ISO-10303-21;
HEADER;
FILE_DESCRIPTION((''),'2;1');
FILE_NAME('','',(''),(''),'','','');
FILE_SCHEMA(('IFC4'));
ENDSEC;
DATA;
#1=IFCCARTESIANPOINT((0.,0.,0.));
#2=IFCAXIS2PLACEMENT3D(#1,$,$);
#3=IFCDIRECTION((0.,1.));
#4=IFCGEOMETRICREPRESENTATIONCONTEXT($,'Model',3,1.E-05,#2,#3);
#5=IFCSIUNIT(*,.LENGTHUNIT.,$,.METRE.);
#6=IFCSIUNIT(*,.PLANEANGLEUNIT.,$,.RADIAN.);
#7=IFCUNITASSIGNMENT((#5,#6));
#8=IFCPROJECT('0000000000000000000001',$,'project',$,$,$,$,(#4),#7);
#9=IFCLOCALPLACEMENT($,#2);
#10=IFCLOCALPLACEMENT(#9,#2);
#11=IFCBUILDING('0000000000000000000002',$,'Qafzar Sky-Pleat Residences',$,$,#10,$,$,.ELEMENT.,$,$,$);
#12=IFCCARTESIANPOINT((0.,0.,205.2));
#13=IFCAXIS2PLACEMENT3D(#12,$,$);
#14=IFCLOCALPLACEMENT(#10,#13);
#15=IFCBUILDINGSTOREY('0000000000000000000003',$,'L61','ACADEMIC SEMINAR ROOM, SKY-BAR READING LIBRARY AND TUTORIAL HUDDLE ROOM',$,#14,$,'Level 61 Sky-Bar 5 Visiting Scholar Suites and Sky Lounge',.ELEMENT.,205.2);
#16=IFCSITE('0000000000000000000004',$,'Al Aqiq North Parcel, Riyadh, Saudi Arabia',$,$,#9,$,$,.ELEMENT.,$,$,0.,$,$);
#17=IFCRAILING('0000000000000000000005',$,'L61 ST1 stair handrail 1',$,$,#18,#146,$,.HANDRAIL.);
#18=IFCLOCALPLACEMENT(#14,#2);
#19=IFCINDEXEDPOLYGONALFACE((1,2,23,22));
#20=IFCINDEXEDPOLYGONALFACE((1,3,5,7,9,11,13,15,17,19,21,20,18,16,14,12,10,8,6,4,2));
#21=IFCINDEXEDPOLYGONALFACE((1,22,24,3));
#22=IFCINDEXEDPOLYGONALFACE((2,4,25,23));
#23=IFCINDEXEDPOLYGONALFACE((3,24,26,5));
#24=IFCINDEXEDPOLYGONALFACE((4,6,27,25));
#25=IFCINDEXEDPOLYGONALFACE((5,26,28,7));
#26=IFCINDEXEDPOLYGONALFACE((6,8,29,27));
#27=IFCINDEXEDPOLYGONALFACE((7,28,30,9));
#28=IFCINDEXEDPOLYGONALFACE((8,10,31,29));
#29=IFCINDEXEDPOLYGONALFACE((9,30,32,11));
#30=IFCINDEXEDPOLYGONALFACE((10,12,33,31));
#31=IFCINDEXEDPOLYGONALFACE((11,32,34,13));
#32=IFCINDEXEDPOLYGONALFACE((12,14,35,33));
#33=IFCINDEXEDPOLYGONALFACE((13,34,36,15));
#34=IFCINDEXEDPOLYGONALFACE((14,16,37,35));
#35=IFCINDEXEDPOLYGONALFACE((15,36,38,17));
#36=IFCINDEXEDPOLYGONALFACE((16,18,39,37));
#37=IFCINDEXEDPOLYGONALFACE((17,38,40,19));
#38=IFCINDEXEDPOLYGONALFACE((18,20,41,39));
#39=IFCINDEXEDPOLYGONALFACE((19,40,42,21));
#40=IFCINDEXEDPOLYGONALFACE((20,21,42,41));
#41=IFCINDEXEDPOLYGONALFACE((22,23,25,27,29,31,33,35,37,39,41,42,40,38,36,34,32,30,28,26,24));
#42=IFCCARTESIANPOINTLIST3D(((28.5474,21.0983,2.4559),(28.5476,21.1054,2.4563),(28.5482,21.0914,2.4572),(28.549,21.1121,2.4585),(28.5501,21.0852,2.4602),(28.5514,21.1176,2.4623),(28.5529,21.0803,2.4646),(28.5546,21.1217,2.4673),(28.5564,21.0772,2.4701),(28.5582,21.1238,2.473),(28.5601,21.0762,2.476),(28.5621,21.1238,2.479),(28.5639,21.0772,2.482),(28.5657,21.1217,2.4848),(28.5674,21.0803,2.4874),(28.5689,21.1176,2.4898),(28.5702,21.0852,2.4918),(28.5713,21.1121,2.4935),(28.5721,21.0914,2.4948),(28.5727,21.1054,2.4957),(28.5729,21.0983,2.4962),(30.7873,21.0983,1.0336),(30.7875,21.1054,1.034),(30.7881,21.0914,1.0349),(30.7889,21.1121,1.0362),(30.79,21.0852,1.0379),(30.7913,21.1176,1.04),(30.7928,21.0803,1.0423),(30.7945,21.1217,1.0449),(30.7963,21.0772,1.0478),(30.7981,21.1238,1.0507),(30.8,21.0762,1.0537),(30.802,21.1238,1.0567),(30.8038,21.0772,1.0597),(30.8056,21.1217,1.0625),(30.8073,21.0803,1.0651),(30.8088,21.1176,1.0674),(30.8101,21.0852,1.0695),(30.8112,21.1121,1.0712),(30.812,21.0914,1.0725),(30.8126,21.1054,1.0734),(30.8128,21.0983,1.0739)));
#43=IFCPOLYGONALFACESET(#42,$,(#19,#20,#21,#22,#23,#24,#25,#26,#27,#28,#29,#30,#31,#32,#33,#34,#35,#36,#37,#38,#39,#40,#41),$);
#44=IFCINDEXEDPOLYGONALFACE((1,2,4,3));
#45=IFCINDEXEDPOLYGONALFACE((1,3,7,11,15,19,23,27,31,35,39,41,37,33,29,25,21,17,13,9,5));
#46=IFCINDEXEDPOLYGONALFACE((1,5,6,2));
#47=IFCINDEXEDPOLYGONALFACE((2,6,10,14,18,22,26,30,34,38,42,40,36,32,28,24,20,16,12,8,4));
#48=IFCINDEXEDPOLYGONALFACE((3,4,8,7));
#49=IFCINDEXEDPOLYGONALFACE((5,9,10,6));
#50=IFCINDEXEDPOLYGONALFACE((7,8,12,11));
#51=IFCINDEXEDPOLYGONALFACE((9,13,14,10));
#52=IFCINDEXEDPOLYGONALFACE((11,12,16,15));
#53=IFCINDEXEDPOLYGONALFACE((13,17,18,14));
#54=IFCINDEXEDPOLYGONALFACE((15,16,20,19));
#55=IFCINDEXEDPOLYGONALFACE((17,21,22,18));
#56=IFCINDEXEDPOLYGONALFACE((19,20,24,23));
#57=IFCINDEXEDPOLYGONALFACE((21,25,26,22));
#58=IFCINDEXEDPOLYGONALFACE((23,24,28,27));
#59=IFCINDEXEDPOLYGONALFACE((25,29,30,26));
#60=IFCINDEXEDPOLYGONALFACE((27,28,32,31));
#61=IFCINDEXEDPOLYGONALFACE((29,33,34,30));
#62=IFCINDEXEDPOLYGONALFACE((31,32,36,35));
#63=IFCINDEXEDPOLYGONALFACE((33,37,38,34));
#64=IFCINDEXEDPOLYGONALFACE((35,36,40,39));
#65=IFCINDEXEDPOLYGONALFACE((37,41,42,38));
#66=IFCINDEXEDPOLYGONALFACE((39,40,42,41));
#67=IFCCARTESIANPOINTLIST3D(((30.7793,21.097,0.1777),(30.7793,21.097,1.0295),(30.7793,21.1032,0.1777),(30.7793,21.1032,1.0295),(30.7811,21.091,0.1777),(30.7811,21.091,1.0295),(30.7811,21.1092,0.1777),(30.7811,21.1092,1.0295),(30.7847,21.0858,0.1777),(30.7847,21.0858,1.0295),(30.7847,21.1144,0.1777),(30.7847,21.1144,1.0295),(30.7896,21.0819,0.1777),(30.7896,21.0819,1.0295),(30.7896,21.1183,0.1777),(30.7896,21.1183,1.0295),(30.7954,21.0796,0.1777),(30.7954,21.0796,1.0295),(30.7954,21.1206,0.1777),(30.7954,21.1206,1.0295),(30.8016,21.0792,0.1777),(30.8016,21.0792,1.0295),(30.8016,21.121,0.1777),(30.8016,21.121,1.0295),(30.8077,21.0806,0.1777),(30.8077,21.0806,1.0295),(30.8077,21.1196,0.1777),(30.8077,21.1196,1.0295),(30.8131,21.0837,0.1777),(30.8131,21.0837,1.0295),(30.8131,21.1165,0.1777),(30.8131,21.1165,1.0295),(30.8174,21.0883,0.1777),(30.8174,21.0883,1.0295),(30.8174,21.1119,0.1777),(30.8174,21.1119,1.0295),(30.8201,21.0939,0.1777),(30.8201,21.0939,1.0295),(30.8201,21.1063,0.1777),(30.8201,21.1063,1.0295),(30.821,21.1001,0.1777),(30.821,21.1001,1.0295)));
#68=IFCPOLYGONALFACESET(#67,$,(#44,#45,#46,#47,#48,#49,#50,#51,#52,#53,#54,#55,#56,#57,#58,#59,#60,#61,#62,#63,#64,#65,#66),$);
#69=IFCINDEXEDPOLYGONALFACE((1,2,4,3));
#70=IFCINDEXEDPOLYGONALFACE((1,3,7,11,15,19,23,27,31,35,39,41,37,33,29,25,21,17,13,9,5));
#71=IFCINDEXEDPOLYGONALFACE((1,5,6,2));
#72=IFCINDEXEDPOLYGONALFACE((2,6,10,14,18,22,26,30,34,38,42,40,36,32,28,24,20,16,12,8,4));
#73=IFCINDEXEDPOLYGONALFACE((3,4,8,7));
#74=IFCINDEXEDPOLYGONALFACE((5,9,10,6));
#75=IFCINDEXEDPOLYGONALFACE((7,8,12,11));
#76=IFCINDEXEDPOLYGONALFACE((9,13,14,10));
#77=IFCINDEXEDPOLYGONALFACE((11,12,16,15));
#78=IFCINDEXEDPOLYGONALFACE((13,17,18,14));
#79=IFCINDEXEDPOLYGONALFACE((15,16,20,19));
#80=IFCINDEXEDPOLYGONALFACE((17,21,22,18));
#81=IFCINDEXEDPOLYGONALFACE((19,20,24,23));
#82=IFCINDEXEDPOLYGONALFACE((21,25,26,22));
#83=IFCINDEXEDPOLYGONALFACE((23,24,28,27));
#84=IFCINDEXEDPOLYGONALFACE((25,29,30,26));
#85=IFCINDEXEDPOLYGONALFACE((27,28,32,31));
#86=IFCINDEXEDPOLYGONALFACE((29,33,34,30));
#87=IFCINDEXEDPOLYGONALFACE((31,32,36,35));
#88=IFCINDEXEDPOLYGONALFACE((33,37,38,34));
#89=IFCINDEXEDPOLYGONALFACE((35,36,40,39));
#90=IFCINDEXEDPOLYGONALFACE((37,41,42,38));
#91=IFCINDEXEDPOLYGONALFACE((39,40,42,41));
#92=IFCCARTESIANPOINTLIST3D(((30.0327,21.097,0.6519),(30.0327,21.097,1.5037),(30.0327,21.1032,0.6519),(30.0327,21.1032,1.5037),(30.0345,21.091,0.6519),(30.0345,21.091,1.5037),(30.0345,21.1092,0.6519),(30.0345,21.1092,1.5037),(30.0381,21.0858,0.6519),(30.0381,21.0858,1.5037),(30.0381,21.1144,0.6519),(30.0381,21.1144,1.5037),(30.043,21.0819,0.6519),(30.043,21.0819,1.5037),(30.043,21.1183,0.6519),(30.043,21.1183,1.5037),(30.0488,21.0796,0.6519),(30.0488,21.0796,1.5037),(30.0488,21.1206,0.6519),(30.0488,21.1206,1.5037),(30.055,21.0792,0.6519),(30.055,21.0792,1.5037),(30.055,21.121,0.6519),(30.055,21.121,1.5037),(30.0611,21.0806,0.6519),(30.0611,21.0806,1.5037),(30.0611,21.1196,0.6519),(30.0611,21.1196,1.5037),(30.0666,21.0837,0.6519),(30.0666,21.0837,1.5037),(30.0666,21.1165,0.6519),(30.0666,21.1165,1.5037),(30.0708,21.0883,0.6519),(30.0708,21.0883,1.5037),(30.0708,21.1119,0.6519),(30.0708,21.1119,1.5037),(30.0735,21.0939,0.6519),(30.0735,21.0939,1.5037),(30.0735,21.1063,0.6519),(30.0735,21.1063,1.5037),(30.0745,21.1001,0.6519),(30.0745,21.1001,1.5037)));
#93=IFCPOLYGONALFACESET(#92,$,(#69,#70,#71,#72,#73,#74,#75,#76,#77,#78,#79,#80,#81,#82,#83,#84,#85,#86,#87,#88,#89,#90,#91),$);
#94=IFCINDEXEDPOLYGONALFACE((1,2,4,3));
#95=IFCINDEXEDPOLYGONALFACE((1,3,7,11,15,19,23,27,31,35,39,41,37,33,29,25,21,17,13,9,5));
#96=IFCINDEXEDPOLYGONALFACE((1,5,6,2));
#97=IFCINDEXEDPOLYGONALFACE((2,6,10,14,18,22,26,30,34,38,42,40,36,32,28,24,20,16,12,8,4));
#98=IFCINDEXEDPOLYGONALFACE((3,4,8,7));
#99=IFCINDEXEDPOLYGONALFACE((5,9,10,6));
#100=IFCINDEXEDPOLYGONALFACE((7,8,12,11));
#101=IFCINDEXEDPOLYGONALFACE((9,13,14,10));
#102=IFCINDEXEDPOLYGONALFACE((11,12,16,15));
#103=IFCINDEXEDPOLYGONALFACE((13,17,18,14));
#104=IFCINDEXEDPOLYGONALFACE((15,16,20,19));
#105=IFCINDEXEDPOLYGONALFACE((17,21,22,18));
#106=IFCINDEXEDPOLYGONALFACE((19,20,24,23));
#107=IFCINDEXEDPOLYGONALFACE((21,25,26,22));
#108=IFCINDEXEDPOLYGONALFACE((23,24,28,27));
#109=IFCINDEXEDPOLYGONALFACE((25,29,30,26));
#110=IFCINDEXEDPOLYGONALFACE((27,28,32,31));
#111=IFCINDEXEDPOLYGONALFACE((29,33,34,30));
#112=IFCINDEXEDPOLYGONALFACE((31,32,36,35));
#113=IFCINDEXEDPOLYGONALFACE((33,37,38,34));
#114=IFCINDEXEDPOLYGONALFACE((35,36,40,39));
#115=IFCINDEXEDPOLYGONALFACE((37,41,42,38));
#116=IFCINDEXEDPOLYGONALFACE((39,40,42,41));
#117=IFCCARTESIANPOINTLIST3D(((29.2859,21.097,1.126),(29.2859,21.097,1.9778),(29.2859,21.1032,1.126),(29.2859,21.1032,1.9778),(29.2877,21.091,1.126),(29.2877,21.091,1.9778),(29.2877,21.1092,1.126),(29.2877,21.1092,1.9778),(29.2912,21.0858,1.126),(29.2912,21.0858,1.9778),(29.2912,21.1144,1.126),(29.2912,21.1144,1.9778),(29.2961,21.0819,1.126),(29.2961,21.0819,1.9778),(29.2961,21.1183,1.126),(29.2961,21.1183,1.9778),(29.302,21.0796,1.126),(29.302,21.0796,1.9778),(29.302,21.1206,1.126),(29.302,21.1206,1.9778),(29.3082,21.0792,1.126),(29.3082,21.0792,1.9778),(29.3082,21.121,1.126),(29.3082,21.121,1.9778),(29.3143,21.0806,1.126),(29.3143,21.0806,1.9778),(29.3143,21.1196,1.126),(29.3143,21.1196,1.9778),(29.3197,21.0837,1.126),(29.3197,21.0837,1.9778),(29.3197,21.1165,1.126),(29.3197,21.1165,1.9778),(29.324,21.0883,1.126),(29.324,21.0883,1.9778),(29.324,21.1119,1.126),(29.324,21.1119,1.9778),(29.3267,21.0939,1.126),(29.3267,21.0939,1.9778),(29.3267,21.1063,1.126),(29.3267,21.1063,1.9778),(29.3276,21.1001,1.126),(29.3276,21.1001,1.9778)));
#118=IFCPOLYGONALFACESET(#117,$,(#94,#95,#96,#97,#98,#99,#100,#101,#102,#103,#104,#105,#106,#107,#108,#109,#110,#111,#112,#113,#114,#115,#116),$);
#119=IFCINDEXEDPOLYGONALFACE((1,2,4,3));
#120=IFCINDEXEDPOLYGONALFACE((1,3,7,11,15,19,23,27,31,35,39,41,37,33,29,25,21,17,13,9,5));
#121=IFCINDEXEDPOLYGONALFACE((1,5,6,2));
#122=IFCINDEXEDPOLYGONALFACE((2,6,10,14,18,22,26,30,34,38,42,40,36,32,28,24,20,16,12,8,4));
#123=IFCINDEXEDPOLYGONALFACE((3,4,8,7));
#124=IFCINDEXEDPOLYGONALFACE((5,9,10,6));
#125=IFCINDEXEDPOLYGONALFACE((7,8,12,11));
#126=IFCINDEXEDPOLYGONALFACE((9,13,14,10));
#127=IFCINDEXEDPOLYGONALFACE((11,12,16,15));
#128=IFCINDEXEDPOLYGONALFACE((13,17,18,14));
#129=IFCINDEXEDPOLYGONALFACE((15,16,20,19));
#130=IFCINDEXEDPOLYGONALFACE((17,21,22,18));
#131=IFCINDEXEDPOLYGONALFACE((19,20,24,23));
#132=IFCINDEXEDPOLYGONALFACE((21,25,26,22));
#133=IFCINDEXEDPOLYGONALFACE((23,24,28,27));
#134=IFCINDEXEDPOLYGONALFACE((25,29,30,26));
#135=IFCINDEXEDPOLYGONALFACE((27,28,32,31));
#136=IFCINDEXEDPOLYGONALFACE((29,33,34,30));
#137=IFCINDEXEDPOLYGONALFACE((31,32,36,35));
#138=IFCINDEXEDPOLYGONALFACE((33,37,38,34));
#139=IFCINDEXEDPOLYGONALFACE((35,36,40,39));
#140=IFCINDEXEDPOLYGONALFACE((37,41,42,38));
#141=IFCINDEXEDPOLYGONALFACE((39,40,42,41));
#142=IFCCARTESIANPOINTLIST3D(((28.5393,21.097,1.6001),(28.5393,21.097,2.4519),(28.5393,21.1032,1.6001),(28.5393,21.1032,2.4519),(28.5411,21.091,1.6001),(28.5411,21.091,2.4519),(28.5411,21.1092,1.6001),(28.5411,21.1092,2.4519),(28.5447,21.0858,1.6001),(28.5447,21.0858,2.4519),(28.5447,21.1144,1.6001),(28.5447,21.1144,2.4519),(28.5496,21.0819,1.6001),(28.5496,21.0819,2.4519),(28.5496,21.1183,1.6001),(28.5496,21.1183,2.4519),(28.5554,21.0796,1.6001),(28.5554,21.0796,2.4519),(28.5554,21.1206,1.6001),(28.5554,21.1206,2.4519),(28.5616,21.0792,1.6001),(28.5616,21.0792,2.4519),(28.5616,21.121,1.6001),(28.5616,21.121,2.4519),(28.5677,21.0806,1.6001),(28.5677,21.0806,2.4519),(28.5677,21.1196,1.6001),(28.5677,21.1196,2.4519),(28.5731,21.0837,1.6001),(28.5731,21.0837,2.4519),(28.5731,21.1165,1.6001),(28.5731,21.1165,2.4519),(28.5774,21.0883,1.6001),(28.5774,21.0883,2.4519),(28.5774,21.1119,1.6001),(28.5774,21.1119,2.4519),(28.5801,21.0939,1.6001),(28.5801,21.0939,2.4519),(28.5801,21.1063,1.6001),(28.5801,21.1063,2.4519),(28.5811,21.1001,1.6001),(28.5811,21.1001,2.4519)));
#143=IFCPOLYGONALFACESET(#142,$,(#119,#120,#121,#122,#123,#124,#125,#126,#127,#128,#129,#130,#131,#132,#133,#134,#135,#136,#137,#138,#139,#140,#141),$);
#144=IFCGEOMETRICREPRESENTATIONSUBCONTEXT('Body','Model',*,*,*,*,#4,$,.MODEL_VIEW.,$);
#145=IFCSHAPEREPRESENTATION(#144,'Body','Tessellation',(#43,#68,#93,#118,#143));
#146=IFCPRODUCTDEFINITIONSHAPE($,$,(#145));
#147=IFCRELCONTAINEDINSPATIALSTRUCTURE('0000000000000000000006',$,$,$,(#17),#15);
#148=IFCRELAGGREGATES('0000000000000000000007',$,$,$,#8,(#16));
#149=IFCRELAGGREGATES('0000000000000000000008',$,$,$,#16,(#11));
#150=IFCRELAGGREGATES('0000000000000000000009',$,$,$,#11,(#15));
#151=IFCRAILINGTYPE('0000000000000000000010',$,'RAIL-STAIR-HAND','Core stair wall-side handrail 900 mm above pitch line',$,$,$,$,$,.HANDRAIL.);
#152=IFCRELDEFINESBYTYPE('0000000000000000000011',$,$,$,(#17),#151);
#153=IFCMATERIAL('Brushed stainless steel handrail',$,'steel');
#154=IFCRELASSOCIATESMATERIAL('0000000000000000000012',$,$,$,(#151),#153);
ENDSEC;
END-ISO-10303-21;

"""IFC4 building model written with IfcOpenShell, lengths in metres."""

from ifc_helpers import new_model, si_unit, direction, frame, origin, origin_2d, place, context, subcontext, project, spatial, circle, extrude, source, transform, mapped, material, type_object, element, save


model = new_model("IFC4")

# Units and contexts
model_context = context("Model", 3, precision=1e-05, world=origin(), true_north=direction((0.0, 1.0)))
body_context = subcontext(model_context, "Body", "Model", "MODEL_VIEW")
ifc_project = project(units=[si_unit("LENGTHUNIT", "METRE"), si_unit("PLANEANGLEUNIT", "RADIAN")], contexts=[model_context])

# Site, building, storey
site_placement = place(None, origin())
site = spatial("IfcSite", under=ifc_project, at=site_placement, Name="Al Aqiq North Parcel, Riyadh, Saudi Arabia", CompositionType="ELEMENT", RefElevation=0.0)
building_placement = place(site_placement, origin())
building = spatial("IfcBuilding", under=site, at=building_placement, Name="Qafzar Sky-Pleat Residences", CompositionType="ELEMENT")
storey_placement = place(building_placement, frame((0.0, 0.0, 205.2)))
storey = spatial("IfcBuildingStorey", under=building, at=storey_placement, Name="L61", Description="ACADEMIC SEMINAR ROOM, SKY-BAR READING LIBRARY AND TUTORIAL HUDDLE ROOM", LongName="Level 61 Sky-Bar 5 Visiting Scholar Suites and Sky Lounge", CompositionType="ELEMENT", Elevation=205.2)

# Railing
ifc_material_1 = material(Name="Brushed stainless steel handrail", Category="steel")
railing_type = type_object("IfcRailingType", Name="RAIL-STAIR-HAND", Description="Core stair wall-side handrail 900 mm above pitch line", PredefinedType="HANDRAIL", material=ifc_material_1)
shared_shape_1 = source(origin(), body_context, "Body", "SweptSolid", [
    extrude(circle(Radius=0.0239, at=origin_2d()), frame((0.0, 0.0, 0.876), z_axis=(-0.844188, 0.0, 0.536048), x_axis=(0.0, -1.0, 0.0)), (0.0, 0.0, 1.0), 2.6533),
    extrude(circle(Radius=0.021, at=origin_2d()), origin(), (0.0, 0.0, 1.0), 0.8518),
    extrude(circle(Radius=0.021, at=origin_2d()), frame((-0.7466, 0.0, 0.4741)), (0.0, 0.0, 1.0), 0.8518),
    extrude(circle(Radius=0.021, at=origin_2d()), frame((-1.4934, 0.0, 0.9482)), (0.0, 0.0, 1.0), 0.8518),
    extrude(circle(Radius=0.021, at=origin_2d()), frame((-2.24, 0.0, 1.4224)), (0.0, 0.0, 1.0), 0.8518),
])
railing_placement = place(storey_placement, frame((30.8, 21.1001, 0.1777)))
element("IfcRailing", 1, at=railing_placement, inside=storey, type_object=railing_type, Name="L61 ST1 stair handrail 1", PredefinedType="HANDRAIL", context=body_context, shape_type="MappedRepresentation", body=[
    mapped(shared_shape_1, transform((0.0, 0.0, 0.0), x_axis=(1.0, 0.0, 0.0), y_axis=(0.0, 1.0, 0.0), z_axis=(0.0, 0.0, 1.0), scale=1.0)),
])

save(model, "model.ifc")
